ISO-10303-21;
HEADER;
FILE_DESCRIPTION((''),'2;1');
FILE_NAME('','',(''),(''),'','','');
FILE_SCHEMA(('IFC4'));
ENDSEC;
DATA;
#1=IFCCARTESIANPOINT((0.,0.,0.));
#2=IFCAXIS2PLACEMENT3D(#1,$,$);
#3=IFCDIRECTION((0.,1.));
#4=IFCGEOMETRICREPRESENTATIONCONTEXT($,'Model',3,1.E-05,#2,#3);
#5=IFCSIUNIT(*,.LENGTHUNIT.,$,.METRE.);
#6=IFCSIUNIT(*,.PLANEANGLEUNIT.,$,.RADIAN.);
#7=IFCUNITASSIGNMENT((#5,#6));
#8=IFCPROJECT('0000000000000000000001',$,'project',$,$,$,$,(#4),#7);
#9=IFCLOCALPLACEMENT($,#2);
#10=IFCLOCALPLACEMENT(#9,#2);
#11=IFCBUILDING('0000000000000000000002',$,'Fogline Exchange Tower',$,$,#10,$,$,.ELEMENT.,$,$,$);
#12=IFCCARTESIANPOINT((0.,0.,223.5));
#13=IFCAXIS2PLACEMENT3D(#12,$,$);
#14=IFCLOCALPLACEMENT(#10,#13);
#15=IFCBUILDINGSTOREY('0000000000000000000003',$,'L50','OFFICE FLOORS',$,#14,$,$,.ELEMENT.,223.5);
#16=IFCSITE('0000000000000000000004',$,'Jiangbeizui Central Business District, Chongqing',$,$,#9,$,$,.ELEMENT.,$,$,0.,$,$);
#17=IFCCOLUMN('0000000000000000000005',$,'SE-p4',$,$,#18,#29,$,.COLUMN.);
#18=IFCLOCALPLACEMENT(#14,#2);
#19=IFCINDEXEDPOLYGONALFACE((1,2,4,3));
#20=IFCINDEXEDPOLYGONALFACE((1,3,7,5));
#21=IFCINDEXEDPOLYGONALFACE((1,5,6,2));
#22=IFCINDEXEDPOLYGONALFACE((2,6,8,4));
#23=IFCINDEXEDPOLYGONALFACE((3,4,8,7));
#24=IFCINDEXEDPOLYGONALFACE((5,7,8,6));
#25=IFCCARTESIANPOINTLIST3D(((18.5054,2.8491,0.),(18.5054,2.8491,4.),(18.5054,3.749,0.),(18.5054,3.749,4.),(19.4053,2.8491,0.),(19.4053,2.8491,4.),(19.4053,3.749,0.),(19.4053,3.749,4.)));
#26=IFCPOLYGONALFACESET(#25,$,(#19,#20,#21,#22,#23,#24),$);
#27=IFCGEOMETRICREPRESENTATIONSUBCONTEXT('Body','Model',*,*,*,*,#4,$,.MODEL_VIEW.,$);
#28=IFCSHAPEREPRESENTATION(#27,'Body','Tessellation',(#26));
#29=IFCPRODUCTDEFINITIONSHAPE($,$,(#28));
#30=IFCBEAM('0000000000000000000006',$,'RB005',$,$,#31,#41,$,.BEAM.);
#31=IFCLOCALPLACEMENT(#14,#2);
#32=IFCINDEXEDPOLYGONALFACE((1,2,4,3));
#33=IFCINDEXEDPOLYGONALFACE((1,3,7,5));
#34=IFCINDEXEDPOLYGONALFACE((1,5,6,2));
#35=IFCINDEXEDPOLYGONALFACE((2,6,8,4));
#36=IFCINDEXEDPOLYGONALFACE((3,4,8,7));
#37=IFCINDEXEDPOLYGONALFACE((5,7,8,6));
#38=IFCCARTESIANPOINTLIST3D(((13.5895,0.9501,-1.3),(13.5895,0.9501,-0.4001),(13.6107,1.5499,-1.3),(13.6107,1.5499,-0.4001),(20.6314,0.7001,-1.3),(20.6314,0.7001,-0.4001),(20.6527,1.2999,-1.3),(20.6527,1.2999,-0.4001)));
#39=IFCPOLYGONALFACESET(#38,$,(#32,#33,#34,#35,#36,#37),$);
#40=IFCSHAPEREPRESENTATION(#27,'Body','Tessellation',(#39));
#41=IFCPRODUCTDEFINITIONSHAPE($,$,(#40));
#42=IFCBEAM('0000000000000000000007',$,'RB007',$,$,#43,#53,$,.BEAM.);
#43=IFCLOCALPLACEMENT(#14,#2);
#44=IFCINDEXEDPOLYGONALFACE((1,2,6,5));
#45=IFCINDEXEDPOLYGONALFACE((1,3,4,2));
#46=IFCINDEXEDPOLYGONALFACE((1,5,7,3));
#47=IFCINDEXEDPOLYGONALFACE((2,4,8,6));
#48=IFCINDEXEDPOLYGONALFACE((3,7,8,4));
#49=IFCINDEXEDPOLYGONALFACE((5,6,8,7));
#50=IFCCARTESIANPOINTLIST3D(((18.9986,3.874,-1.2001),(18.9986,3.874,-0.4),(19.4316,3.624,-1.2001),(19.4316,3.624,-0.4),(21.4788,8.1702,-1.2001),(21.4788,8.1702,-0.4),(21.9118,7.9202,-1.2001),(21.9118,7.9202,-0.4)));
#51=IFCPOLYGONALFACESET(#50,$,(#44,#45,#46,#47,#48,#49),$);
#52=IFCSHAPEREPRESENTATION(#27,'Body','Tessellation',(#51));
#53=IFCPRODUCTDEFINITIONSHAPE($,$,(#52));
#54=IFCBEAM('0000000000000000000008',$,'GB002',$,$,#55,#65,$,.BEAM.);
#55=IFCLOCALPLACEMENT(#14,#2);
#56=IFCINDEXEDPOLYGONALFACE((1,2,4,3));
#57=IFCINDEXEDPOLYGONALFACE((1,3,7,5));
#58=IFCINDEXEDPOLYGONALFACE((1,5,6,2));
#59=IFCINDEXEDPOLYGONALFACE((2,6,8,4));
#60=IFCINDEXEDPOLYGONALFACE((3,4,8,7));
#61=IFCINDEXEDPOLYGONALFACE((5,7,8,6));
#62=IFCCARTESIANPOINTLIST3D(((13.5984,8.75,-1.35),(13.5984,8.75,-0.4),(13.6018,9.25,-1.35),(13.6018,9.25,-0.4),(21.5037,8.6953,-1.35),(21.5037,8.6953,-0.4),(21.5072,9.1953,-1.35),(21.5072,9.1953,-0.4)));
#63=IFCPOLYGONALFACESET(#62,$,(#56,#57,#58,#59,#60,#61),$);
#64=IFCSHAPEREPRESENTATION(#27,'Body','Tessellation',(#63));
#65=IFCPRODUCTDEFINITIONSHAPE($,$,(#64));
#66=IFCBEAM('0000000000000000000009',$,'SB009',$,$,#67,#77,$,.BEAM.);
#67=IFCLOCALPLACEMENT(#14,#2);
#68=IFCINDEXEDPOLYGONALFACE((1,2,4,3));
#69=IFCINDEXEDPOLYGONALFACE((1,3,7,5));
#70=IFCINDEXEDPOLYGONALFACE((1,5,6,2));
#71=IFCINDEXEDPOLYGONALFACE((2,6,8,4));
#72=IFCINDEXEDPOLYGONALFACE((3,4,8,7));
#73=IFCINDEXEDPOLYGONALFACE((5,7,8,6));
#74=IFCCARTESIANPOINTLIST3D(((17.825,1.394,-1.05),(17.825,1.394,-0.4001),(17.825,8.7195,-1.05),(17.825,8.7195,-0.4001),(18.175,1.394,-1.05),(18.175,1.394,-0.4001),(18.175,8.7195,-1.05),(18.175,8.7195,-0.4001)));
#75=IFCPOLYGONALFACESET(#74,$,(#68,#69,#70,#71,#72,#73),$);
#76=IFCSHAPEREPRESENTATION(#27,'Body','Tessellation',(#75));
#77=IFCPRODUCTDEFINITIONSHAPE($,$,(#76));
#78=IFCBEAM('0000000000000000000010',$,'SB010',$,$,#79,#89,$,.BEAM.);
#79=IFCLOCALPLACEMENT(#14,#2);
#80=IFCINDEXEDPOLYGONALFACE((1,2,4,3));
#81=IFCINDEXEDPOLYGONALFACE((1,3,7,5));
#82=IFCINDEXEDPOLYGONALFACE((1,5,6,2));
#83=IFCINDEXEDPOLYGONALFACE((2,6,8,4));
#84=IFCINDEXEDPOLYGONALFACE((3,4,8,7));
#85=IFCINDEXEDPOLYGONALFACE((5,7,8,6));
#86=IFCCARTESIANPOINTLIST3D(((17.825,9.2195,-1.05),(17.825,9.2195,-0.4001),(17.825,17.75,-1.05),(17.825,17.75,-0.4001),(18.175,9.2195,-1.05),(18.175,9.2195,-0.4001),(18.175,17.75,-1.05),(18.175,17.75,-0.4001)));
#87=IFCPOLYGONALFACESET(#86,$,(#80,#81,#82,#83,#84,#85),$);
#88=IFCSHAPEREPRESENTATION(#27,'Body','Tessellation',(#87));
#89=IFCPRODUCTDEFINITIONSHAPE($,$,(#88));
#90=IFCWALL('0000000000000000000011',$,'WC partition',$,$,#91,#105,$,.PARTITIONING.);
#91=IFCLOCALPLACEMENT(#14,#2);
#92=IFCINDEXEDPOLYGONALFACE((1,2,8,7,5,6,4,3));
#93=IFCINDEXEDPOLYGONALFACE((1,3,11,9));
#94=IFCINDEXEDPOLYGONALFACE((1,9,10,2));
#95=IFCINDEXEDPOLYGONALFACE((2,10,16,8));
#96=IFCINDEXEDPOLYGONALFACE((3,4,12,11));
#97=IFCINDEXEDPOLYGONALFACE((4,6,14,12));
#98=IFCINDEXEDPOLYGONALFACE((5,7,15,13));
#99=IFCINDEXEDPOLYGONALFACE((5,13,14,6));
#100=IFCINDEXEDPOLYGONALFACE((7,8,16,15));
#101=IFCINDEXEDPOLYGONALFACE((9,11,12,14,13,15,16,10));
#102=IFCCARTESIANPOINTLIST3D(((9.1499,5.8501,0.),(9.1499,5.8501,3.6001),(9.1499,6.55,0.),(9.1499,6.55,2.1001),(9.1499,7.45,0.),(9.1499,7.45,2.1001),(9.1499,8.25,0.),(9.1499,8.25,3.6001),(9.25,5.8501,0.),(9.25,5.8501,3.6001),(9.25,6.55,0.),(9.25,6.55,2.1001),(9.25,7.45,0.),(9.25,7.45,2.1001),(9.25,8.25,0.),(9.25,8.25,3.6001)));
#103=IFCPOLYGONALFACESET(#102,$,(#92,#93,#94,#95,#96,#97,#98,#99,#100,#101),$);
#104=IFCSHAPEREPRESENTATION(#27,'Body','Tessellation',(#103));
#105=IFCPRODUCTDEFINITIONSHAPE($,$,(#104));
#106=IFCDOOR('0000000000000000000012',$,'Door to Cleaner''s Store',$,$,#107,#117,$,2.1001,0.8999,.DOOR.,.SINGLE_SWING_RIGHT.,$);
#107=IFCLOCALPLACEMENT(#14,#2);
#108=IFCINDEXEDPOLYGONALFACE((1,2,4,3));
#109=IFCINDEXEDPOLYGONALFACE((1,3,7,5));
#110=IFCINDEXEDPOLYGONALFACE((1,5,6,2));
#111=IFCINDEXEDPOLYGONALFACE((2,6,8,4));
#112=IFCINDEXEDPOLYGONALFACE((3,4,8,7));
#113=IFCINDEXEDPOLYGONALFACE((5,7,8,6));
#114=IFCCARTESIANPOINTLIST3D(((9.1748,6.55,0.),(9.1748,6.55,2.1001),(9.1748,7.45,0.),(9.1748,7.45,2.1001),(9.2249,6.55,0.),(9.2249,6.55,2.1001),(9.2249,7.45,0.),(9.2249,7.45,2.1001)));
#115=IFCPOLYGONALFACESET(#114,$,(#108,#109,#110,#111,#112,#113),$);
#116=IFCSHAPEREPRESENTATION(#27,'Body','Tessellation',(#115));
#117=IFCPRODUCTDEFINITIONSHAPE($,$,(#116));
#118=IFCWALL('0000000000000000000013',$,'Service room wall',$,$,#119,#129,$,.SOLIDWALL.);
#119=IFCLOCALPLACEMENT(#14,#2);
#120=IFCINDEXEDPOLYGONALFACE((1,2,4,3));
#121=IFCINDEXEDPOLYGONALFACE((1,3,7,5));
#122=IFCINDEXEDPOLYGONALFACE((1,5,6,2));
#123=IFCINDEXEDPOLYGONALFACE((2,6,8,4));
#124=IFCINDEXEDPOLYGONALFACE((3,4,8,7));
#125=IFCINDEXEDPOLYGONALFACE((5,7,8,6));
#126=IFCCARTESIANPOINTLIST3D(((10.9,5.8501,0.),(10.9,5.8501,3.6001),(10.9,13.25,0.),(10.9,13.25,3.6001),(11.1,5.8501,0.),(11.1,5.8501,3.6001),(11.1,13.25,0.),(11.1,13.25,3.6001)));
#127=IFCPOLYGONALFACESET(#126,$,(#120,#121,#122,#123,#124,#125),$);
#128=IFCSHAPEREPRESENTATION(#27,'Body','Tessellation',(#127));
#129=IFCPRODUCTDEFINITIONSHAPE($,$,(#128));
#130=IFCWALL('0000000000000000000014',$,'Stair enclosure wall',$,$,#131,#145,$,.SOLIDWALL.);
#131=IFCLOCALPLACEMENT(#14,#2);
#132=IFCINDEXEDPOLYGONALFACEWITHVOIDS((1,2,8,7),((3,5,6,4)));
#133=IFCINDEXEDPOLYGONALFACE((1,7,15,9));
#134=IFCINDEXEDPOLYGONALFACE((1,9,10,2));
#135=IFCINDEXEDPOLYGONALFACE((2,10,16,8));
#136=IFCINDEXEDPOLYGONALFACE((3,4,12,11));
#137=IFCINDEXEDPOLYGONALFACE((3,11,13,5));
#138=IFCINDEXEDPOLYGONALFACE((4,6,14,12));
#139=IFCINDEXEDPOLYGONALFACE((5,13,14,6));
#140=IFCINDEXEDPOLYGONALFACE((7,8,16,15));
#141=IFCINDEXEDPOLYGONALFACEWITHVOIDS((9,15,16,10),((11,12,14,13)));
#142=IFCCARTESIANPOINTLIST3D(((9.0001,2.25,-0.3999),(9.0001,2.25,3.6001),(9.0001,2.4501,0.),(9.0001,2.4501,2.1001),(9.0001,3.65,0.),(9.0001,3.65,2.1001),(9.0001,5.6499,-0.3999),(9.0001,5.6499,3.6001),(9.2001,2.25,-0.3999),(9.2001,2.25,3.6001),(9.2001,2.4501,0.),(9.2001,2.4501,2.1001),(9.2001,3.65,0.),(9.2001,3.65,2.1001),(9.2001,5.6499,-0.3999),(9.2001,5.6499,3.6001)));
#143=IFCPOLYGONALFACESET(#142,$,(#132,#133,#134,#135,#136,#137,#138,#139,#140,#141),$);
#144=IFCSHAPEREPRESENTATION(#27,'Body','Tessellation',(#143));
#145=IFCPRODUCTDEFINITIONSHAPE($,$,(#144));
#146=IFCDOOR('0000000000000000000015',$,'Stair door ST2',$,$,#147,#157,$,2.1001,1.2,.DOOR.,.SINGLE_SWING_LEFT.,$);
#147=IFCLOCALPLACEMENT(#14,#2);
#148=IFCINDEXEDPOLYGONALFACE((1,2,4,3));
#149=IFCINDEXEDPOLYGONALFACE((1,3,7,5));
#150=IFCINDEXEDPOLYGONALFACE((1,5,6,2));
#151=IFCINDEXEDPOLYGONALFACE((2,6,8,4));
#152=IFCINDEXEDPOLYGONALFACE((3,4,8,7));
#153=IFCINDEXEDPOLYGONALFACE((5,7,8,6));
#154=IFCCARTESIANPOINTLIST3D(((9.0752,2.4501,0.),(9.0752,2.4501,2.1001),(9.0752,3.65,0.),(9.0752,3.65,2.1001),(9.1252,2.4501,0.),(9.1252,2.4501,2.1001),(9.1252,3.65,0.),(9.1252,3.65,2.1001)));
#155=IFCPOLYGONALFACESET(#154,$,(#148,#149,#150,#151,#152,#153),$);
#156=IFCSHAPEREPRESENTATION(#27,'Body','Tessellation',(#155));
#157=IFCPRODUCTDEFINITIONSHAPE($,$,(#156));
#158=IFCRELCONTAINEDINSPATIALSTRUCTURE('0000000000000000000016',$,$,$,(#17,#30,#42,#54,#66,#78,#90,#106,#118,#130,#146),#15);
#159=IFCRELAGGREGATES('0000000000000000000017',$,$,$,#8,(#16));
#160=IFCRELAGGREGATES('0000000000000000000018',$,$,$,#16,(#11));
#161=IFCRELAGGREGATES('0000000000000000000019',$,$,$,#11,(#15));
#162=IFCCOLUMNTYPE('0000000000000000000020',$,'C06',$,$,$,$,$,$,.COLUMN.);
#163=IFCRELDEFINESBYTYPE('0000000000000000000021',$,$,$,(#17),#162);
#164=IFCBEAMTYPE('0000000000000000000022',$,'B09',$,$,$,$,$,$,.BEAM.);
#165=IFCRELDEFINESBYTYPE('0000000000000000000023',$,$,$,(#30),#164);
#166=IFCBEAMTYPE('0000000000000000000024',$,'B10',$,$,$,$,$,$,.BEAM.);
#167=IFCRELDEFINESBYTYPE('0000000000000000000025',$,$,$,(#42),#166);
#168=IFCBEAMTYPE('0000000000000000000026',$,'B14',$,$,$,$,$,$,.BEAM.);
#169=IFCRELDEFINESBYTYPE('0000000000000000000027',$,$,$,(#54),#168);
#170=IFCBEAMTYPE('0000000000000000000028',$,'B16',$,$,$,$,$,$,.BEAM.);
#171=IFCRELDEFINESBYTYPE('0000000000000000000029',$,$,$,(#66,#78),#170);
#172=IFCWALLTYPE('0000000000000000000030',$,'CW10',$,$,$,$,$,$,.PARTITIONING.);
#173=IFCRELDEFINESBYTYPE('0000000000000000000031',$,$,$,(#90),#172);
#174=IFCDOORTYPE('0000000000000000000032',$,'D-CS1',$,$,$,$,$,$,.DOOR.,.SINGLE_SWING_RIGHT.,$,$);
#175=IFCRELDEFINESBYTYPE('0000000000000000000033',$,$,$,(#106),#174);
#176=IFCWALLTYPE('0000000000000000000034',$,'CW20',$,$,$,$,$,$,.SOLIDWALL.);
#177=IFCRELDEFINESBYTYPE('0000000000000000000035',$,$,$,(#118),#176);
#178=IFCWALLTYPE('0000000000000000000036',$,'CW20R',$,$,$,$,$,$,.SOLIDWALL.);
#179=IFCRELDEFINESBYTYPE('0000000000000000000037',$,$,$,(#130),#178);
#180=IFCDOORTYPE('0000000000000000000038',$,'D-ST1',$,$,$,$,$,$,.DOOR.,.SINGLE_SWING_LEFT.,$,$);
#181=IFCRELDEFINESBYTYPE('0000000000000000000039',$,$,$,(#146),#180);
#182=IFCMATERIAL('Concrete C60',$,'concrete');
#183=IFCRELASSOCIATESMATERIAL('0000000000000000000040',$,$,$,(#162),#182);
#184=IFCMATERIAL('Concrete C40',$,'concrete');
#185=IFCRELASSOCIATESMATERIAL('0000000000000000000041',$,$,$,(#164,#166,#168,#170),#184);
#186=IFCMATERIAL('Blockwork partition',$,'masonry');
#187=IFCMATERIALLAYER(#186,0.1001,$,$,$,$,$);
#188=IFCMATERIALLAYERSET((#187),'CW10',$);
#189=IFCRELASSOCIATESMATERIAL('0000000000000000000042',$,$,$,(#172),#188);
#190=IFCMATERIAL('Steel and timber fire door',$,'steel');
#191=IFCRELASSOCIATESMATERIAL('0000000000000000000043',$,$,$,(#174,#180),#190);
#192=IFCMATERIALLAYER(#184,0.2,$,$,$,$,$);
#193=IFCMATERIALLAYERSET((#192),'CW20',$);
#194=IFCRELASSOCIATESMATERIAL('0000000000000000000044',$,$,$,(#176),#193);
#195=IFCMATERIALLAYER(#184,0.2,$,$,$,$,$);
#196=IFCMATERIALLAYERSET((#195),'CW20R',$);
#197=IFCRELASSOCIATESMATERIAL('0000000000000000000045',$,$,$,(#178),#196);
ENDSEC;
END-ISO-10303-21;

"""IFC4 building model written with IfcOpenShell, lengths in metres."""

from ifc_helpers import new_model, si_unit, direction, frame, frame_2d, origin, origin_2d, place, context, subcontext, project, spatial, rectangle, extrude, material, layer, layer_set, material_profile, profile_set, type_object, element, fill, save


model = new_model("IFC4")

# Units and contexts
model_context = context("Model", 3, precision=1e-05, world=origin(), true_north=direction((0.0, 1.0)))
body_context = subcontext(model_context, "Body", "Model", "MODEL_VIEW")
ifc_project = project(units=[si_unit("LENGTHUNIT", "METRE"), si_unit("PLANEANGLEUNIT", "RADIAN")], contexts=[model_context])

# Site, building, storey
site_placement = place(None, origin())
site = spatial("IfcSite", under=ifc_project, at=site_placement, Name="Jiangbeizui Central Business District, Chongqing", CompositionType="ELEMENT", RefElevation=0.0)
building_placement = place(site_placement, origin())
building = spatial("IfcBuilding", under=site, at=building_placement, Name="Fogline Exchange Tower", CompositionType="ELEMENT")
storey_placement = place(building_placement, frame((0.0, 0.0, 223.5)))
storey = spatial("IfcBuildingStorey", under=building, at=storey_placement, Name="L50", Description="OFFICE FLOORS", CompositionType="ELEMENT", Elevation=223.5)

# Column
ifc_material_1 = material(Name="Concrete C60", Category="concrete")
ifc_material_profile_1 = material_profile(ifc_material_1, rectangle(XDim=0.8999, YDim=0.8999, at=origin_2d()), Name="RC 900x900")
ifc_profile_set_1 = profile_set([ifc_material_profile_1], Name="Concrete C60")
column_type = type_object("IfcColumnType", Name="C06", PredefinedType="COLUMN", material=ifc_profile_set_1)
column_placement = place(storey_placement, frame((18.9553, 3.2991, 0.0), z_axis=(0.0, 0.0, 1.0), x_axis=(1.0, 0.0, 0.0)))
element("IfcColumn", 1, at=column_placement, inside=storey, type_object=column_type, Name="SE-p4", PredefinedType="COLUMN", context=body_context, shape_type="SweptSolid", body=[
    extrude(rectangle(XDim=0.8999, YDim=0.8999, at=origin_2d()), origin(), (0.0, 0.0, 1.0), 4.0),
])

# Beams
ifc_material_2 = material(Name="Concrete C40", Category="concrete")
ifc_material_profile_2 = material_profile(ifc_material_2, rectangle(XDim=0.6001, YDim=0.8999, at=origin_2d()), Name="RC 600x900")
ifc_profile_set_2 = profile_set([ifc_material_profile_2], Name="Concrete C40")
beam_type_1 = type_object("IfcBeamType", Name="B09", PredefinedType="BEAM", material=ifc_profile_set_2)
beam_1_placement = place(storey_placement, frame((13.6001, 1.25, -0.8501), z_axis=(0.99937, -0.035479, 0.0), x_axis=(0.035479, 0.99937, 0.0)))
element("IfcBeam", 2, at=beam_1_placement, inside=storey, type_object=beam_type_1, Name="RB005", PredefinedType="BEAM", context=body_context, shape_type="SweptSolid", body=[
    extrude(rectangle(XDim=0.6001, YDim=0.8999, at=origin_2d()), origin(), (0.0, 0.0, 1.0), 7.0464),
])
ifc_material_profile_3 = material_profile(ifc_material_2, rectangle(XDim=0.5, YDim=0.8, at=origin_2d()), Name="RC 500x800")
ifc_profile_set_3 = profile_set([ifc_material_profile_3], Name="Concrete C40")
beam_type_2 = type_object("IfcBeamType", Name="B10", PredefinedType="BEAM", material=ifc_profile_set_3)
beam_2_placement = place(storey_placement, frame((19.2151, 3.749, -0.8), z_axis=(0.499977, 0.866039, 0.0), x_axis=(-0.866039, 0.499977, 0.0)))
element("IfcBeam", 3, at=beam_2_placement, inside=storey, type_object=beam_type_2, Name="RB007", PredefinedType="BEAM", context=body_context, shape_type="SweptSolid", body=[
    extrude(rectangle(XDim=0.5, YDim=0.8, at=origin_2d()), origin(), (0.0, 0.0, 1.0), 4.9607),
])
ifc_material_profile_4 = material_profile(ifc_material_2, rectangle(XDim=0.5, YDim=0.95, at=origin_2d()), Name="RC 500x950")
ifc_profile_set_4 = profile_set([ifc_material_profile_4], Name="Concrete C40")
beam_type_3 = type_object("IfcBeamType", Name="B14", PredefinedType="BEAM", material=ifc_profile_set_4)
beam_3_placement = place(storey_placement, frame((13.6001, 9.0, -0.875), z_axis=(0.999976, -0.006918, 0.0), x_axis=(0.006918, 0.999976, 0.0)))
element("IfcBeam", 4, at=beam_3_placement, inside=storey, type_object=beam_type_3, Name="GB002", PredefinedType="BEAM", context=body_context, shape_type="SweptSolid", body=[
    extrude(rectangle(XDim=0.5, YDim=0.95, at=origin_2d()), origin(), (0.0, 0.0, 1.0), 7.9055),
])
ifc_material_profile_5 = material_profile(ifc_material_2, rectangle(XDim=0.3501, YDim=0.6499, at=origin_2d()), Name="RC 350x650")
ifc_profile_set_5 = profile_set([ifc_material_profile_5], Name="Concrete C40")
beam_type_4 = type_object("IfcBeamType", Name="B16", PredefinedType="BEAM", material=ifc_profile_set_5)
beam_4_placement = place(storey_placement, frame((18.0, 1.394, -0.7251), z_axis=(0.0, 1.0, 0.0), x_axis=(-1.0, 0.0, 0.0)))
element("IfcBeam", 5, at=beam_4_placement, inside=storey, type_object=beam_type_4, Name="SB009", PredefinedType="BEAM", context=body_context, shape_type="SweptSolid", body=[
    extrude(rectangle(XDim=0.3501, YDim=0.6499, at=origin_2d()), origin(), (0.0, 0.0, 1.0), 7.3254),
])
beam_5_placement = place(storey_placement, frame((18.0, 9.2195, -0.7251), z_axis=(0.0, 1.0, 0.0), x_axis=(-1.0, 0.0, 0.0)))
element("IfcBeam", 6, at=beam_5_placement, inside=storey, type_object=beam_type_4, Name="SB010", PredefinedType="BEAM", context=body_context, shape_type="SweptSolid", body=[
    extrude(rectangle(XDim=0.3501, YDim=0.6499, at=origin_2d()), origin(), (0.0, 0.0, 1.0), 8.5305),
])

# Wall, opening, door
ifc_material_3 = material(Name="Blockwork partition", Category="masonry")
ifc_layer_1 = layer(ifc_material_3, 0.1001)
ifc_layer_set_1 = layer_set([ifc_layer_1], Name="CW10")
wall_type_1 = type_object("IfcWallType", Name="CW10", PredefinedType="PARTITIONING", material=ifc_layer_set_1)
wall_1_placement = place(storey_placement, frame((9.2, 5.8501, 0.0), z_axis=(0.0, 0.0, 1.0), x_axis=(0.0, 1.0, 0.0)))
wall_1 = element("IfcWall", 7, at=wall_1_placement, inside=storey, type_object=wall_type_1, Name="WC partition", PredefinedType="PARTITIONING", context=body_context, shape_type="SweptSolid", body=[
    extrude(rectangle(XDim=2.3999, YDim=0.1001, at=frame_2d((1.2, 0.0))), origin(), (0.0, 0.0, 1.0), 3.6001),
])
opening_1_placement = place(wall_1_placement, frame((0.7, 0.0, 0.0)))
opening_1 = element("IfcOpeningElement", 8, at=opening_1_placement, cuts=wall_1, PredefinedType="OPENING", context=body_context, shape_type="SweptSolid", body=[
    extrude(rectangle(XDim=0.8999, YDim=2.1001, at=frame_2d((0.45, 1.05))), frame((0.0, 0.0601, 0.0), z_axis=(0.0, -1.0, 0.0), x_axis=(1.0, 0.0, 0.0)), (0.0, 0.0, 1.0), 0.1201),
])
ifc_material_4 = material(Name="Steel and timber fire door", Category="steel")
door_type_1 = type_object("IfcDoorType", Name="D-CS1", OperationType="SINGLE_SWING_RIGHT", PredefinedType="DOOR", material=ifc_material_4)
door_1_placement = place(opening_1_placement, frame((0.8999, 0.0, 0.0), z_axis=(0.0, 0.0, 1.0), x_axis=(-1.0, 0.0, 0.0)))
door_1 = element("IfcDoor", 9, at=door_1_placement, inside=storey, type_object=door_type_1, Name="Door to Cleaner's Store", OperationType="SINGLE_SWING_RIGHT", OverallHeight=2.1001, OverallWidth=0.8999, PredefinedType="DOOR", context=body_context, shape_type="SweptSolid", body=[
    extrude(rectangle(XDim=0.8999, YDim=2.1001, at=frame_2d((0.45, 1.05))), frame((0.0, 0.0249, 0.0), z_axis=(0.0, -1.0, 0.0), x_axis=(1.0, 0.0, 0.0)), (0.0, 0.0, 1.0), 0.05),
])
fill(opening_1, door_1)

# Wall
ifc_layer_2 = layer(ifc_material_2, 0.2)
ifc_layer_set_2 = layer_set([ifc_layer_2], Name="CW20")
wall_type_2 = type_object("IfcWallType", Name="CW20", PredefinedType="SOLIDWALL", material=ifc_layer_set_2)
wall_2_placement = place(storey_placement, frame((11.0, 5.8501, 0.0), z_axis=(0.0, 0.0, 1.0), x_axis=(0.0, 1.0, 0.0)))
element("IfcWall", 10, at=wall_2_placement, inside=storey, type_object=wall_type_2, Name="Service room wall", PredefinedType="SOLIDWALL", context=body_context, shape_type="SweptSolid", body=[
    extrude(rectangle(XDim=7.3999, YDim=0.2, at=frame_2d((3.7, 0.0))), origin(), (0.0, 0.0, 1.0), 3.6001),
])

# Wall, opening, door
ifc_layer_3 = layer(ifc_material_2, 0.2)
ifc_layer_set_3 = layer_set([ifc_layer_3], Name="CW20R")
wall_type_3 = type_object("IfcWallType", Name="CW20R", PredefinedType="SOLIDWALL", material=ifc_layer_set_3)
wall_3_placement = place(storey_placement, frame((9.1001, 2.25, -0.3999), z_axis=(0.0, 0.0, 1.0), x_axis=(0.0, 1.0, 0.0)))
wall_3 = element("IfcWall", 11, at=wall_3_placement, inside=storey, type_object=wall_type_3, Name="Stair enclosure wall", PredefinedType="SOLIDWALL", context=body_context, shape_type="SweptSolid", body=[
    extrude(rectangle(XDim=3.3999, YDim=0.2, at=frame_2d((1.7, 0.0))), origin(), (0.0, 0.0, 1.0), 4.0),
])
opening_2_placement = place(wall_3_placement, frame((0.2, 0.0, 0.3999)))
opening_2 = element("IfcOpeningElement", 12, at=opening_2_placement, cuts=wall_3, PredefinedType="OPENING", context=body_context, shape_type="SweptSolid", body=[
    extrude(rectangle(XDim=1.2, YDim=2.1001, at=frame_2d((0.6001, 1.05))), frame((0.0, 0.1099, 0.0), z_axis=(0.0, -1.0, 0.0), x_axis=(1.0, 0.0, 0.0)), (0.0, 0.0, 1.0), 0.22),
])
door_type_2 = type_object("IfcDoorType", Name="D-ST1", OperationType="SINGLE_SWING_LEFT", PredefinedType="DOOR", material=ifc_material_4)
door_2_placement = place(opening_2_placement, origin())
door_2 = element("IfcDoor", 13, at=door_2_placement, inside=storey, type_object=door_type_2, Name="Stair door ST2", OperationType="SINGLE_SWING_LEFT", OverallHeight=2.1001, OverallWidth=1.2, PredefinedType="DOOR", context=body_context, shape_type="SweptSolid", body=[
    extrude(rectangle(XDim=1.2, YDim=2.1001, at=frame_2d((0.6001, 1.05))), frame((0.0, 0.0249, 0.0), z_axis=(0.0, -1.0, 0.0), x_axis=(1.0, 0.0, 0.0)), (0.0, 0.0, 1.0), 0.05),
])
fill(opening_2, door_2)

save(model, "model.ifc")
